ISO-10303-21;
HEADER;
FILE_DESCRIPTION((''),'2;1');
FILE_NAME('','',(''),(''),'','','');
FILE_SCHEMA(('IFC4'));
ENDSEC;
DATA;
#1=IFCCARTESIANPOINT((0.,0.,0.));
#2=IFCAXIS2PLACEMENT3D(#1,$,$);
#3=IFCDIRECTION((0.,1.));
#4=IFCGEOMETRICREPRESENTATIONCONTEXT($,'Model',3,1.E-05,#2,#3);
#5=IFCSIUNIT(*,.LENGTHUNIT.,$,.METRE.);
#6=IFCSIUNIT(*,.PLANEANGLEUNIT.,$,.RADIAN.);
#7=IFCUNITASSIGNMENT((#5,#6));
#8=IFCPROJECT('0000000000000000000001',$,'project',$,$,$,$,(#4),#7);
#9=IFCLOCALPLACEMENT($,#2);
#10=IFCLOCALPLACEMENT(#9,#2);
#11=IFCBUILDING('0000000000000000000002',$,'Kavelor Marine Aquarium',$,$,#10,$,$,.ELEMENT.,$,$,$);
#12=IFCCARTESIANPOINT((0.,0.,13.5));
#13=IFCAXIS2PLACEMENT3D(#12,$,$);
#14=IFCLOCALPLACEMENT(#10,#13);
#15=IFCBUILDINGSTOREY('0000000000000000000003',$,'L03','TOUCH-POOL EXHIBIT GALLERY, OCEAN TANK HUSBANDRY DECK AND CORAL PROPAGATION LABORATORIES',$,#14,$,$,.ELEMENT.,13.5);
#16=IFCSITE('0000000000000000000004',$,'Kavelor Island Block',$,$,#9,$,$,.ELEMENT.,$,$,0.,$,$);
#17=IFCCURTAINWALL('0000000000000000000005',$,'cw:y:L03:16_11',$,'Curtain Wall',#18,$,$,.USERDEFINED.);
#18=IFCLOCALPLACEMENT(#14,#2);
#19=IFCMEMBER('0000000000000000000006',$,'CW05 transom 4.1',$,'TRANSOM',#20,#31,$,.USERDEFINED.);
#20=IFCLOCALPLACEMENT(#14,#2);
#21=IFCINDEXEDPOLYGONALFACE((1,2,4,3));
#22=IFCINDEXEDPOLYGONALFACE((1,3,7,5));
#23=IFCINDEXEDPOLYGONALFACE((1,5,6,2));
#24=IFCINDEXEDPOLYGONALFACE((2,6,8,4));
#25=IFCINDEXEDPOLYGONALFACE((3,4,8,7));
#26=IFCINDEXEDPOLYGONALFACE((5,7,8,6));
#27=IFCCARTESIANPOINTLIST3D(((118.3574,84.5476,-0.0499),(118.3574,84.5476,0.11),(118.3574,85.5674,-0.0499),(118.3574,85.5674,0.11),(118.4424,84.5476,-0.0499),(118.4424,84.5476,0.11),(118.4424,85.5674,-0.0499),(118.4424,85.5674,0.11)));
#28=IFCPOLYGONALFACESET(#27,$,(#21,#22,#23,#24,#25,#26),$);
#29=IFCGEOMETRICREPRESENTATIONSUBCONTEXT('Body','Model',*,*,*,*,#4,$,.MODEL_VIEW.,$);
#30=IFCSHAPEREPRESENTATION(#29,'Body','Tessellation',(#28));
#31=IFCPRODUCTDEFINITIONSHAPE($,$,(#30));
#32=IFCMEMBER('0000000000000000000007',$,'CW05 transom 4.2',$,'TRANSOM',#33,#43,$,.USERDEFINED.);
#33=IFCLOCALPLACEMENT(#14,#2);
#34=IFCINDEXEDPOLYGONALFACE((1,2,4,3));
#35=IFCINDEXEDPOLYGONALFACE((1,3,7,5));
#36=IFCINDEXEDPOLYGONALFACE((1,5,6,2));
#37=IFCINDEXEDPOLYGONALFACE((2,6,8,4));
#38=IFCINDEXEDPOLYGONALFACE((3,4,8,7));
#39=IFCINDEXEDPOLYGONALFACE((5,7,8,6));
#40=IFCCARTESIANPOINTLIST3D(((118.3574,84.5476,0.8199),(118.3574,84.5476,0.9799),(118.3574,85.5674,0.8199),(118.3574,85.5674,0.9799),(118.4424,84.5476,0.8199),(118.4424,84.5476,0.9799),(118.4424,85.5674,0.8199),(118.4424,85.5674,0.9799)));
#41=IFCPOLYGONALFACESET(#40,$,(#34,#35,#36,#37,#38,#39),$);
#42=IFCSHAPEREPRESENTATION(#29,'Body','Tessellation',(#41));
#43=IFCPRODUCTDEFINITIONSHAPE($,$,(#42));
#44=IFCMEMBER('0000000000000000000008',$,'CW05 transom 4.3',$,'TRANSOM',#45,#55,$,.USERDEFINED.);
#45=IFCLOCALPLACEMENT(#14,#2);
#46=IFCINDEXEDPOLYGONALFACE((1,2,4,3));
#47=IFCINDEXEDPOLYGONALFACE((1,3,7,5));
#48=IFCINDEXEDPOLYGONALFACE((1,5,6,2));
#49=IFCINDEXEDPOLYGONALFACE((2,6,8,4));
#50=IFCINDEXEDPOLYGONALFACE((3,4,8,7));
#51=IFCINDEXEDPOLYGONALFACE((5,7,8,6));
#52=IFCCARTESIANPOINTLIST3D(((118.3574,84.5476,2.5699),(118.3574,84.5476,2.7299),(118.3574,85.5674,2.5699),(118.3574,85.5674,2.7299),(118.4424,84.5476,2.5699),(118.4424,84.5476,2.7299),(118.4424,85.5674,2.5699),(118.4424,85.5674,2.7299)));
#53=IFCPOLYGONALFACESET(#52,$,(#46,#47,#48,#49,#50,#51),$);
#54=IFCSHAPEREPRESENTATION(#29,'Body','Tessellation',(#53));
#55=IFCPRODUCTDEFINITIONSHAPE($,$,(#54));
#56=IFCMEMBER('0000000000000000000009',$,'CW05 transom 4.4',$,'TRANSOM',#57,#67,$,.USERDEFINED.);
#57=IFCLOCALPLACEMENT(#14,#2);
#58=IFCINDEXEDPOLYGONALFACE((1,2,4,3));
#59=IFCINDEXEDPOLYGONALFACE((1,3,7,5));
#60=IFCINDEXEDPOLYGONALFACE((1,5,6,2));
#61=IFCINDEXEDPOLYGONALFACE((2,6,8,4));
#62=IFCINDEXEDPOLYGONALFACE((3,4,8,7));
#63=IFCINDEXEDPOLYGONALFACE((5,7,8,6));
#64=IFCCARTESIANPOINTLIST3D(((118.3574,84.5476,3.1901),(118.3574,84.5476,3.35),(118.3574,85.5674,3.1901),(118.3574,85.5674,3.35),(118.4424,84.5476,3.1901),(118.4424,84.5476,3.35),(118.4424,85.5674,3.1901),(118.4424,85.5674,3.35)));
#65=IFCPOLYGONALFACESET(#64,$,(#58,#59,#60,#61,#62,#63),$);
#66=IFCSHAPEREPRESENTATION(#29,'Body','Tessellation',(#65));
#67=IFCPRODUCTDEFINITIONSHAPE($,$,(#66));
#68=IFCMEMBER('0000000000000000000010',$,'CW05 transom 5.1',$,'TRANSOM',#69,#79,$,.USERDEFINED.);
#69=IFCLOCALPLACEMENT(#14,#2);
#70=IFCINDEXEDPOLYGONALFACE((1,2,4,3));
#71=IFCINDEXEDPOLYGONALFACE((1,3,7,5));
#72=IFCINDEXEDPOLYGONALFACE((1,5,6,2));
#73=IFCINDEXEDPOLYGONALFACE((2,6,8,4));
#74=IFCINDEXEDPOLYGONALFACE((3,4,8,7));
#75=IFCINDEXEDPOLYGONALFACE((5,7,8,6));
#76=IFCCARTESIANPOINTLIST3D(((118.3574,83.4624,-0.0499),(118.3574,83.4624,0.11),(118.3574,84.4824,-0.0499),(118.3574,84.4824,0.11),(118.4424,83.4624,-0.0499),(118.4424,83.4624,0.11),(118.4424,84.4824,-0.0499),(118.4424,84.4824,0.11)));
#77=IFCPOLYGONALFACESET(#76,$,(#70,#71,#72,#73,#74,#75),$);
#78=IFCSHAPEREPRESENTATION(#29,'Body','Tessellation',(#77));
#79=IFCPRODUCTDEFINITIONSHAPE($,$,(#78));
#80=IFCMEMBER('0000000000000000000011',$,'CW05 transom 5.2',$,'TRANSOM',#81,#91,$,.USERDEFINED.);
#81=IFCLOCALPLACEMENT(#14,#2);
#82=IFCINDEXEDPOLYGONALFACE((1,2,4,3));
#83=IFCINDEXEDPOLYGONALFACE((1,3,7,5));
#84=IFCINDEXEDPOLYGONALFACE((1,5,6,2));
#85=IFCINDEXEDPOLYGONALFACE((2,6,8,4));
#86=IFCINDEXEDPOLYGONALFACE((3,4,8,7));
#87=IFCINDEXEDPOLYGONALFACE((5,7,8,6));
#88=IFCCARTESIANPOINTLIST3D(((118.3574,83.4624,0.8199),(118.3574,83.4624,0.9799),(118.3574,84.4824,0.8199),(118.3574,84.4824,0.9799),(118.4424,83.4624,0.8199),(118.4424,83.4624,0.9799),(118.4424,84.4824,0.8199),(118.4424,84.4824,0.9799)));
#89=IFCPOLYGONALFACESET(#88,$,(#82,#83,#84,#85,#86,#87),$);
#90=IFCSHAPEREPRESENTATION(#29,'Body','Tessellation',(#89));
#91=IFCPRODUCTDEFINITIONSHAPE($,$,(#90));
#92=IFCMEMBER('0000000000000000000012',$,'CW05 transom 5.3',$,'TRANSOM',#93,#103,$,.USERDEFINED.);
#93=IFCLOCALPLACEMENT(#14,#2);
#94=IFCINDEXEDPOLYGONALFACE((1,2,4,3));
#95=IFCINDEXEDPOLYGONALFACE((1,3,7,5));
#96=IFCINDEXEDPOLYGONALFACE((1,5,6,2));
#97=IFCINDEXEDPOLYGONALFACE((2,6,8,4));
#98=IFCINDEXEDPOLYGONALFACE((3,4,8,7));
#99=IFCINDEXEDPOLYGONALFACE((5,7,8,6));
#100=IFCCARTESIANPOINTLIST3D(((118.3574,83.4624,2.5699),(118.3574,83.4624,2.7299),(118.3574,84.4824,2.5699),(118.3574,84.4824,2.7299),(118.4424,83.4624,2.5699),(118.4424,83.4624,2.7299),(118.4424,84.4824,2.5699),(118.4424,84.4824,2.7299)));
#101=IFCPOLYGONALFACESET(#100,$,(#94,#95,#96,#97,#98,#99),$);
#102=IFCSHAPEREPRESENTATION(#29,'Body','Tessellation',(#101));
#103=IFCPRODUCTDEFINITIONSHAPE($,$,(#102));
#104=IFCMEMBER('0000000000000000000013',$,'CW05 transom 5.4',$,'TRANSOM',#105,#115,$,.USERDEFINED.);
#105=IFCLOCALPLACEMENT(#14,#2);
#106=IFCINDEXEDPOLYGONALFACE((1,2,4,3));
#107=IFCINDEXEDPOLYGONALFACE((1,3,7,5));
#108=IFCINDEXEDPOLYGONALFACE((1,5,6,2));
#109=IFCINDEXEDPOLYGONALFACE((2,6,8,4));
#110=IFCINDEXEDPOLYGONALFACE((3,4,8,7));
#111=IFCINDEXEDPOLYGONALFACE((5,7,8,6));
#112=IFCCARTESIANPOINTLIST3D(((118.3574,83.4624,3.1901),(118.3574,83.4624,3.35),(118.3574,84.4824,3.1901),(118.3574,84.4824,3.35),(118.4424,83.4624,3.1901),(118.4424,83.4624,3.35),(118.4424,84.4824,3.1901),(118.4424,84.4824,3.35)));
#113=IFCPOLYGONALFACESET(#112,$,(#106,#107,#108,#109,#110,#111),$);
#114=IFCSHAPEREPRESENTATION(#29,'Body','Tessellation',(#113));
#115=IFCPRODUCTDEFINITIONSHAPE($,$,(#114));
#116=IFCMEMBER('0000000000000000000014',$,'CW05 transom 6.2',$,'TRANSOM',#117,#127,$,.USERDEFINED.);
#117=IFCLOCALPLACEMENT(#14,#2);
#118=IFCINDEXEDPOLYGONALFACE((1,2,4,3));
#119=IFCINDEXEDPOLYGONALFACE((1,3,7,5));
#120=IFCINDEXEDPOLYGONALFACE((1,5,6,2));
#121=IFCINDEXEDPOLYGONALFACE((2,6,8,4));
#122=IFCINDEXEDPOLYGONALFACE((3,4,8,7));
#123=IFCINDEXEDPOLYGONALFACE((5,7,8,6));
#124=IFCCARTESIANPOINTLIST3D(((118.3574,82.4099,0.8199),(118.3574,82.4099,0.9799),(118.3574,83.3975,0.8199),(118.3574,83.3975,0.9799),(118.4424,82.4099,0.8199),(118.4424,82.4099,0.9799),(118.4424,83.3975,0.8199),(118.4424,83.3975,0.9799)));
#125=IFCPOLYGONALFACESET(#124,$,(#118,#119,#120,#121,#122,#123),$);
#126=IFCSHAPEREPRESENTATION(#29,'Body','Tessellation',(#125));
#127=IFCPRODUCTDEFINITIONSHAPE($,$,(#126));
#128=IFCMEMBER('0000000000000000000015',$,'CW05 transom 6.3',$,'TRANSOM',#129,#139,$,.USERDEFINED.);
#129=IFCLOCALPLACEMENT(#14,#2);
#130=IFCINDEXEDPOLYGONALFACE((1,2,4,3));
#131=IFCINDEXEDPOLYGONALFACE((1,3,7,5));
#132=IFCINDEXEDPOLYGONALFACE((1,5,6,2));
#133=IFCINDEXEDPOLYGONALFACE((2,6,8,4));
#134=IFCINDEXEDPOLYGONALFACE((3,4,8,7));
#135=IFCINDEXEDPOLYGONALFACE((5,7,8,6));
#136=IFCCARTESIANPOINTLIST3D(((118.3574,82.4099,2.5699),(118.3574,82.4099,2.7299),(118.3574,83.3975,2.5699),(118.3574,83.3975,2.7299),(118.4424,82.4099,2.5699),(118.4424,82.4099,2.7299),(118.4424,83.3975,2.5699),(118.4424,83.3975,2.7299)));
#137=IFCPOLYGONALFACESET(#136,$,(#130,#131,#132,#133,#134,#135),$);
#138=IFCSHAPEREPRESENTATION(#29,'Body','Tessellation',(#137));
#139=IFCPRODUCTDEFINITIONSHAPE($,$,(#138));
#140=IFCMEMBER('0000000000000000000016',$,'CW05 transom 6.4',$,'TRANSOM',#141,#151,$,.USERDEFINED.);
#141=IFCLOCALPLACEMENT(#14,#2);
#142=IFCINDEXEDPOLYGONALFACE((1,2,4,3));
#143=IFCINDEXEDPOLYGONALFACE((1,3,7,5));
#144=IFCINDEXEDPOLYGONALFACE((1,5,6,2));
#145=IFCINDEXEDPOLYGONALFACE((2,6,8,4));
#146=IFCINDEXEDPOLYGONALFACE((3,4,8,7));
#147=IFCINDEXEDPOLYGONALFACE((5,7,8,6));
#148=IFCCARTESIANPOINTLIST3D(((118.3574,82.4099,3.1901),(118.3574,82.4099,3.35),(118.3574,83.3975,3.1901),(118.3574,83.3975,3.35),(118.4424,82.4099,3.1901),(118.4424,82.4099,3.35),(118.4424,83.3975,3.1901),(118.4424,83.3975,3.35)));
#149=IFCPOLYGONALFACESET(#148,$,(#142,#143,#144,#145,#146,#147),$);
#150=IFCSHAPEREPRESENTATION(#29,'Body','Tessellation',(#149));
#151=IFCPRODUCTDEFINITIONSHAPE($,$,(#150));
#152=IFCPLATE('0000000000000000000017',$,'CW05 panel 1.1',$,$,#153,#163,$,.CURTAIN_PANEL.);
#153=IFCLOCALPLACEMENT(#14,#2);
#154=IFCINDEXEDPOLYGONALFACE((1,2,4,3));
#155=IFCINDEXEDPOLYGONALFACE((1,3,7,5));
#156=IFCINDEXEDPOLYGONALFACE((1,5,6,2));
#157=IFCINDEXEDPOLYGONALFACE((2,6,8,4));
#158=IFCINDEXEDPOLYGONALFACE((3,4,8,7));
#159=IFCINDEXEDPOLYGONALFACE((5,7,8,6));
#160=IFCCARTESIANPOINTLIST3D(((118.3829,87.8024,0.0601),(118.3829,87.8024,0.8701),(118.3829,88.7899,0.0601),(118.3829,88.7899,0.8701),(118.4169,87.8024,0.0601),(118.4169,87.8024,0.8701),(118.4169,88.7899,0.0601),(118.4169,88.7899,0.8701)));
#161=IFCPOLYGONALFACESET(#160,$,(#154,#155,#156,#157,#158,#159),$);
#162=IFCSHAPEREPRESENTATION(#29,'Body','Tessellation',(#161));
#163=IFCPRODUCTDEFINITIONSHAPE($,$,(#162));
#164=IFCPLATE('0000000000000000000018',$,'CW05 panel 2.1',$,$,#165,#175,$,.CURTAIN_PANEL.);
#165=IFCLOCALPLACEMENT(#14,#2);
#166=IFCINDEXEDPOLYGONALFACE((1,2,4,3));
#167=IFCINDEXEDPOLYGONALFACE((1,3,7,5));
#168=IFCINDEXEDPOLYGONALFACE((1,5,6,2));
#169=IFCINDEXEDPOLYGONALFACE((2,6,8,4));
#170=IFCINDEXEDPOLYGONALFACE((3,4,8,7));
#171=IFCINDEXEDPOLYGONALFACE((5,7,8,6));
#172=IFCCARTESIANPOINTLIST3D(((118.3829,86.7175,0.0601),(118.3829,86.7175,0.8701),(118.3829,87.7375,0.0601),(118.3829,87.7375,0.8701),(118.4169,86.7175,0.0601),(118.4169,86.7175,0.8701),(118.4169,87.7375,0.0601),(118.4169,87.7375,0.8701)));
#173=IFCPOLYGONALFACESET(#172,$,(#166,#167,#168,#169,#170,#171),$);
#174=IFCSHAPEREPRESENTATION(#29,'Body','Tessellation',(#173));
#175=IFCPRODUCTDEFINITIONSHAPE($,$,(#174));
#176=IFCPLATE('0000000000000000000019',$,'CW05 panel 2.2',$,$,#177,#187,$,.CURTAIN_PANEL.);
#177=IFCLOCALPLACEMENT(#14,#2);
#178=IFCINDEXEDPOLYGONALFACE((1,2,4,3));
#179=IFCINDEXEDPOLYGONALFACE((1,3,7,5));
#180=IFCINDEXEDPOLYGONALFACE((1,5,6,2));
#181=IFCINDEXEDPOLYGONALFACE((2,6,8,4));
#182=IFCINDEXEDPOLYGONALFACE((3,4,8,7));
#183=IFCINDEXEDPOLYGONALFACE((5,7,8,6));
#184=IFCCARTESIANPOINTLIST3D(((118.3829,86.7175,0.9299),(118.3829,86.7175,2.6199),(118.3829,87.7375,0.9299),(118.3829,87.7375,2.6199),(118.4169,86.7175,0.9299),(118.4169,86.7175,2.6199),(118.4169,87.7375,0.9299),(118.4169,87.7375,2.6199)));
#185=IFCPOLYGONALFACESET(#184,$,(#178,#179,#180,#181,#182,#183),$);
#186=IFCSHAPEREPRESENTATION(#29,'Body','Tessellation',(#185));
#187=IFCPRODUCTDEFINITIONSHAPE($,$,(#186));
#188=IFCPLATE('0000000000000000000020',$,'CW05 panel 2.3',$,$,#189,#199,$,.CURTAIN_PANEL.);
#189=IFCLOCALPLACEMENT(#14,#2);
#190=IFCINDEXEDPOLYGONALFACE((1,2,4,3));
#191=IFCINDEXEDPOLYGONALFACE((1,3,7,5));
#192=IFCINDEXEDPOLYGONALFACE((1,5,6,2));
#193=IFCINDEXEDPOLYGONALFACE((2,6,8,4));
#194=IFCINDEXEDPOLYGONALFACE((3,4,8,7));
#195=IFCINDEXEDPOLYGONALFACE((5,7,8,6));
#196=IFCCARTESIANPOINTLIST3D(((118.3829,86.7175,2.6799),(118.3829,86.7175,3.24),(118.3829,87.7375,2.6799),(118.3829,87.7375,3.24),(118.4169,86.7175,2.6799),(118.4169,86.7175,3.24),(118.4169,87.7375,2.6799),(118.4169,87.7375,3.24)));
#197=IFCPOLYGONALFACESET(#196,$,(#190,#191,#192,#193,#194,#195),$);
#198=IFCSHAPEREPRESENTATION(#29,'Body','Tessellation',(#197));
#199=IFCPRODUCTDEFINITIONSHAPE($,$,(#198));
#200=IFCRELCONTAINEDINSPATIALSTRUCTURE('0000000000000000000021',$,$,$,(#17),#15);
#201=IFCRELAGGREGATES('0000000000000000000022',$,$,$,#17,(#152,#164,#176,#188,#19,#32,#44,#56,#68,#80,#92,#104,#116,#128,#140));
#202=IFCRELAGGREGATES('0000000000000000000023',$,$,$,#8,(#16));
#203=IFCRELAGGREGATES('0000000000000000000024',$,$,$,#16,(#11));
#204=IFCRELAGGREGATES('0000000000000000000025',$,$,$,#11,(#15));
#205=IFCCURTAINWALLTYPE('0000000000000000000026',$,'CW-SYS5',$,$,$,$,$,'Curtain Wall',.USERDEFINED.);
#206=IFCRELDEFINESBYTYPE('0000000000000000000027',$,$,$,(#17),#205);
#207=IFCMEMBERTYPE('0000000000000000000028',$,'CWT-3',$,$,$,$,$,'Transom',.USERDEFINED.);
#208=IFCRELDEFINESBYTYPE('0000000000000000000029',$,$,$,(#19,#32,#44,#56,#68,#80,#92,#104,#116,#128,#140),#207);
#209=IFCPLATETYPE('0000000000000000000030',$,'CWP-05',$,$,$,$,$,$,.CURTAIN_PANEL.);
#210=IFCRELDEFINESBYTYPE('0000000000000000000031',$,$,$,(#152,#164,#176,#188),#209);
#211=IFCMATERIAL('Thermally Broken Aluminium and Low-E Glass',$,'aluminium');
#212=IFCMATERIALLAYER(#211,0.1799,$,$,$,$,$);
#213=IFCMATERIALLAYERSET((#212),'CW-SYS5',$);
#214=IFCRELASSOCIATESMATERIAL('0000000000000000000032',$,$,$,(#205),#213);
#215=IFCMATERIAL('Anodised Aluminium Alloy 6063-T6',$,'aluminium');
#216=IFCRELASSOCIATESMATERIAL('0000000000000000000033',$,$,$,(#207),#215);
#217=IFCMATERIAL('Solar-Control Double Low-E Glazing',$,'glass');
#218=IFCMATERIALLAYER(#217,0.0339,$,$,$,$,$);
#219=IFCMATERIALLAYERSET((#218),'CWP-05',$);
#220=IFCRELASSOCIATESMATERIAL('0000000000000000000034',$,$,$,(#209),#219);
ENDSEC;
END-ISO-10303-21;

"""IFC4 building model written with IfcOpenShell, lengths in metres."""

from ifc_helpers import new_model, si_unit, direction, frame, origin, origin_2d, place, context, subcontext, project, spatial, rectangle, extrude, material, layer, layer_set, material_profile, profile_set, type_object, element, aggregate, save


model = new_model("IFC4")

# Units and contexts
model_context = context("Model", 3, precision=1e-05, world=origin(), true_north=direction((0.0, 1.0)))
body_context = subcontext(model_context, "Body", "Model", "MODEL_VIEW")
ifc_project = project(units=[si_unit("LENGTHUNIT", "METRE"), si_unit("PLANEANGLEUNIT", "RADIAN")], contexts=[model_context])

# Site, building, storey
site_placement = place(None, origin())
site = spatial("IfcSite", under=ifc_project, at=site_placement, Name="Kavelor Island Block", CompositionType="ELEMENT", RefElevation=0.0)
building_placement = place(site_placement, origin())
building = spatial("IfcBuilding", under=site, at=building_placement, Name="Kavelor Marine Aquarium", CompositionType="ELEMENT")
storey_placement = place(building_placement, frame((0.0, 0.0, 13.5)))
storey = spatial("IfcBuildingStorey", under=building, at=storey_placement, Name="L03", Description="TOUCH-POOL EXHIBIT GALLERY, OCEAN TANK HUSBANDRY DECK AND CORAL PROPAGATION LABORATORIES", CompositionType="ELEMENT", Elevation=13.5)

# Curtain wall, members, plates
ifc_material_1 = material(Name="Thermally Broken Aluminium and Low-E Glass", Category="aluminium")
ifc_layer_1 = layer(ifc_material_1, 0.1799)
ifc_layer_set_1 = layer_set([ifc_layer_1], Name="CW-SYS5")
curtain_wall_type = type_object("IfcCurtainWallType", Name="CW-SYS5", ElementType="Curtain Wall", PredefinedType="USERDEFINED", material=ifc_layer_set_1)
curtain_wall_placement = place(storey_placement, origin())
curtain_wall = element("IfcCurtainWall", 1, at=curtain_wall_placement, inside=storey, type_object=curtain_wall_type, Name="cw:y:L03:16_11", ObjectType="Curtain Wall", PredefinedType="USERDEFINED")
ifc_material_2 = material(Name="Anodised Aluminium Alloy 6063-T6", Category="aluminium")
ifc_material_profile_1 = material_profile(ifc_material_2, rectangle(XDim=0.085, YDim=0.1599, at=origin_2d()), Name="CW-TRN 85x160")
ifc_profile_set_1 = profile_set([ifc_material_profile_1], Name="Anodised Aluminium Alloy 6063-T6")
member_type_1 = type_object("IfcMemberType", Name="CWT-3", ElementType="Transom", PredefinedType="USERDEFINED", material=ifc_profile_set_1)
member_1_placement = place(storey_placement, frame((118.3999, 85.5674, 0.03), z_axis=(0.0, -1.0, 0.0), x_axis=(1.0, 0.0, 0.0)))
member_1 = element("IfcMember", 2, at=member_1_placement, type_object=member_type_1, Name="CW05 transom 4.1", ObjectType="TRANSOM", PredefinedType="USERDEFINED", context=body_context, shape_type="SweptSolid", body=[
    extrude(rectangle(XDim=0.085, YDim=0.1599, at=origin_2d()), origin(), (0.0, 0.0, 1.0), 1.0198),
])
member_2_placement = place(storey_placement, frame((118.3999, 85.5674, 0.8999), z_axis=(0.0, -1.0, 0.0), x_axis=(1.0, 0.0, 0.0)))
member_2 = element("IfcMember", 3, at=member_2_placement, type_object=member_type_1, Name="CW05 transom 4.2", ObjectType="TRANSOM", PredefinedType="USERDEFINED", context=body_context, shape_type="SweptSolid", body=[
    extrude(rectangle(XDim=0.085, YDim=0.1599, at=origin_2d()), origin(), (0.0, 0.0, 1.0), 1.0198),
])
member_3_placement = place(storey_placement, frame((118.3999, 85.5674, 2.6499), z_axis=(0.0, -1.0, 0.0), x_axis=(1.0, 0.0, 0.0)))
member_3 = element("IfcMember", 4, at=member_3_placement, type_object=member_type_1, Name="CW05 transom 4.3", ObjectType="TRANSOM", PredefinedType="USERDEFINED", context=body_context, shape_type="SweptSolid", body=[
    extrude(rectangle(XDim=0.085, YDim=0.1599, at=origin_2d()), origin(), (0.0, 0.0, 1.0), 1.0198),
])
member_4_placement = place(storey_placement, frame((118.3999, 85.5674, 3.27), z_axis=(0.0, -1.0, 0.0), x_axis=(1.0, 0.0, 0.0)))
member_4 = element("IfcMember", 5, at=member_4_placement, type_object=member_type_1, Name="CW05 transom 4.4", ObjectType="TRANSOM", PredefinedType="USERDEFINED", context=body_context, shape_type="SweptSolid", body=[
    extrude(rectangle(XDim=0.085, YDim=0.1599, at=origin_2d()), origin(), (0.0, 0.0, 1.0), 1.0198),
])
member_5_placement = place(storey_placement, frame((118.3999, 84.4824, 0.03), z_axis=(0.0, -1.0, 0.0), x_axis=(1.0, 0.0, 0.0)))
member_5 = element("IfcMember", 6, at=member_5_placement, type_object=member_type_1, Name="CW05 transom 5.1", ObjectType="TRANSOM", PredefinedType="USERDEFINED", context=body_context, shape_type="SweptSolid", body=[
    extrude(rectangle(XDim=0.085, YDim=0.1599, at=origin_2d()), origin(), (0.0, 0.0, 1.0), 1.02),
])
member_6_placement = place(storey_placement, frame((118.3999, 84.4824, 0.8999), z_axis=(0.0, -1.0, 0.0), x_axis=(1.0, 0.0, 0.0)))
member_6 = element("IfcMember", 7, at=member_6_placement, type_object=member_type_1, Name="CW05 transom 5.2", ObjectType="TRANSOM", PredefinedType="USERDEFINED", context=body_context, shape_type="SweptSolid", body=[
    extrude(rectangle(XDim=0.085, YDim=0.1599, at=origin_2d()), origin(), (0.0, 0.0, 1.0), 1.02),
])
member_7_placement = place(storey_placement, frame((118.3999, 84.4824, 2.6499), z_axis=(0.0, -1.0, 0.0), x_axis=(1.0, 0.0, 0.0)))
member_7 = element("IfcMember", 8, at=member_7_placement, type_object=member_type_1, Name="CW05 transom 5.3", ObjectType="TRANSOM", PredefinedType="USERDEFINED", context=body_context, shape_type="SweptSolid", body=[
    extrude(rectangle(XDim=0.085, YDim=0.1599, at=origin_2d()), origin(), (0.0, 0.0, 1.0), 1.02),
])
member_8_placement = place(storey_placement, frame((118.3999, 84.4824, 3.27), z_axis=(0.0, -1.0, 0.0), x_axis=(1.0, 0.0, 0.0)))
member_8 = element("IfcMember", 9, at=member_8_placement, type_object=member_type_1, Name="CW05 transom 5.4", ObjectType="TRANSOM", PredefinedType="USERDEFINED", context=body_context, shape_type="SweptSolid", body=[
    extrude(rectangle(XDim=0.085, YDim=0.1599, at=origin_2d()), origin(), (0.0, 0.0, 1.0), 1.02),
])
member_9_placement = place(storey_placement, frame((118.3999, 83.3975, 0.8999), z_axis=(0.0, -1.0, 0.0), x_axis=(1.0, 0.0, 0.0)))
member_9 = element("IfcMember", 10, at=member_9_placement, type_object=member_type_1, Name="CW05 transom 6.2", ObjectType="TRANSOM", PredefinedType="USERDEFINED", context=body_context, shape_type="SweptSolid", body=[
    extrude(rectangle(XDim=0.085, YDim=0.1599, at=origin_2d()), origin(), (0.0, 0.0, 1.0), 0.9875),
])
member_10_placement = place(storey_placement, frame((118.3999, 83.3975, 2.6499), z_axis=(0.0, -1.0, 0.0), x_axis=(1.0, 0.0, 0.0)))
member_10 = element("IfcMember", 11, at=member_10_placement, type_object=member_type_1, Name="CW05 transom 6.3", ObjectType="TRANSOM", PredefinedType="USERDEFINED", context=body_context, shape_type="SweptSolid", body=[
    extrude(rectangle(XDim=0.085, YDim=0.1599, at=origin_2d()), origin(), (0.0, 0.0, 1.0), 0.9875),
])
member_11_placement = place(storey_placement, frame((118.3999, 83.3975, 3.27), z_axis=(0.0, -1.0, 0.0), x_axis=(1.0, 0.0, 0.0)))
member_11 = element("IfcMember", 12, at=member_11_placement, type_object=member_type_1, Name="CW05 transom 6.4", ObjectType="TRANSOM", PredefinedType="USERDEFINED", context=body_context, shape_type="SweptSolid", body=[
    extrude(rectangle(XDim=0.085, YDim=0.1599, at=origin_2d()), origin(), (0.0, 0.0, 1.0), 0.9875),
])
ifc_material_3 = material(Name="Solar-Control Double Low-E Glazing", Category="glass")
ifc_layer_2 = layer(ifc_material_3, 0.0339)
ifc_layer_set_2 = layer_set([ifc_layer_2], Name="CWP-05")
plate_type = type_object("IfcPlateType", Name="CWP-05", PredefinedType="CURTAIN_PANEL", material=ifc_layer_set_2)
plate_1_placement = place(storey_placement, frame((118.3999, 88.2961, 0.0601), z_axis=(0.0, 0.0, 1.0), x_axis=(0.0, -1.0, 0.0)))
plate_1 = element("IfcPlate", 13, at=plate_1_placement, type_object=plate_type, Name="CW05 panel 1.1", PredefinedType="CURTAIN_PANEL", context=body_context, shape_type="SweptSolid", body=[
    extrude(rectangle(XDim=0.9875, YDim=0.0339, at=origin_2d()), origin(), (0.0, 0.0, 1.0), 0.8101),
])
plate_2_placement = place(storey_placement, frame((118.3999, 87.2275, 0.0601), z_axis=(0.0, 0.0, 1.0), x_axis=(0.0, -1.0, 0.0)))
plate_2 = element("IfcPlate", 14, at=plate_2_placement, type_object=plate_type, Name="CW05 panel 2.1", PredefinedType="CURTAIN_PANEL", context=body_context, shape_type="SweptSolid", body=[
    extrude(rectangle(XDim=1.02, YDim=0.0339, at=origin_2d()), origin(), (0.0, 0.0, 1.0), 0.8101),
])
plate_3_placement = place(storey_placement, frame((118.3999, 87.2275, 0.9299), z_axis=(0.0, 0.0, 1.0), x_axis=(0.0, -1.0, 0.0)))
plate_3 = element("IfcPlate", 15, at=plate_3_placement, type_object=plate_type, Name="CW05 panel 2.2", PredefinedType="CURTAIN_PANEL", context=body_context, shape_type="SweptSolid", body=[
    extrude(rectangle(XDim=1.02, YDim=0.0339, at=origin_2d()), origin(), (0.0, 0.0, 1.0), 1.6899),
])
plate_4_placement = place(storey_placement, frame((118.3999, 87.2275, 2.6799), z_axis=(0.0, 0.0, 1.0), x_axis=(0.0, -1.0, 0.0)))
plate_4 = element("IfcPlate", 16, at=plate_4_placement, type_object=plate_type, Name="CW05 panel 2.3", PredefinedType="CURTAIN_PANEL", context=body_context, shape_type="SweptSolid", body=[
    extrude(rectangle(XDim=1.02, YDim=0.0339, at=origin_2d()), origin(), (0.0, 0.0, 1.0), 0.5601),
])
aggregate(curtain_wall, [plate_1, plate_2, plate_3, plate_4, member_1, member_2, member_3, member_4, member_5, member_6, member_7, member_8, member_9, member_10, member_11])

save(model, "model.ifc")
